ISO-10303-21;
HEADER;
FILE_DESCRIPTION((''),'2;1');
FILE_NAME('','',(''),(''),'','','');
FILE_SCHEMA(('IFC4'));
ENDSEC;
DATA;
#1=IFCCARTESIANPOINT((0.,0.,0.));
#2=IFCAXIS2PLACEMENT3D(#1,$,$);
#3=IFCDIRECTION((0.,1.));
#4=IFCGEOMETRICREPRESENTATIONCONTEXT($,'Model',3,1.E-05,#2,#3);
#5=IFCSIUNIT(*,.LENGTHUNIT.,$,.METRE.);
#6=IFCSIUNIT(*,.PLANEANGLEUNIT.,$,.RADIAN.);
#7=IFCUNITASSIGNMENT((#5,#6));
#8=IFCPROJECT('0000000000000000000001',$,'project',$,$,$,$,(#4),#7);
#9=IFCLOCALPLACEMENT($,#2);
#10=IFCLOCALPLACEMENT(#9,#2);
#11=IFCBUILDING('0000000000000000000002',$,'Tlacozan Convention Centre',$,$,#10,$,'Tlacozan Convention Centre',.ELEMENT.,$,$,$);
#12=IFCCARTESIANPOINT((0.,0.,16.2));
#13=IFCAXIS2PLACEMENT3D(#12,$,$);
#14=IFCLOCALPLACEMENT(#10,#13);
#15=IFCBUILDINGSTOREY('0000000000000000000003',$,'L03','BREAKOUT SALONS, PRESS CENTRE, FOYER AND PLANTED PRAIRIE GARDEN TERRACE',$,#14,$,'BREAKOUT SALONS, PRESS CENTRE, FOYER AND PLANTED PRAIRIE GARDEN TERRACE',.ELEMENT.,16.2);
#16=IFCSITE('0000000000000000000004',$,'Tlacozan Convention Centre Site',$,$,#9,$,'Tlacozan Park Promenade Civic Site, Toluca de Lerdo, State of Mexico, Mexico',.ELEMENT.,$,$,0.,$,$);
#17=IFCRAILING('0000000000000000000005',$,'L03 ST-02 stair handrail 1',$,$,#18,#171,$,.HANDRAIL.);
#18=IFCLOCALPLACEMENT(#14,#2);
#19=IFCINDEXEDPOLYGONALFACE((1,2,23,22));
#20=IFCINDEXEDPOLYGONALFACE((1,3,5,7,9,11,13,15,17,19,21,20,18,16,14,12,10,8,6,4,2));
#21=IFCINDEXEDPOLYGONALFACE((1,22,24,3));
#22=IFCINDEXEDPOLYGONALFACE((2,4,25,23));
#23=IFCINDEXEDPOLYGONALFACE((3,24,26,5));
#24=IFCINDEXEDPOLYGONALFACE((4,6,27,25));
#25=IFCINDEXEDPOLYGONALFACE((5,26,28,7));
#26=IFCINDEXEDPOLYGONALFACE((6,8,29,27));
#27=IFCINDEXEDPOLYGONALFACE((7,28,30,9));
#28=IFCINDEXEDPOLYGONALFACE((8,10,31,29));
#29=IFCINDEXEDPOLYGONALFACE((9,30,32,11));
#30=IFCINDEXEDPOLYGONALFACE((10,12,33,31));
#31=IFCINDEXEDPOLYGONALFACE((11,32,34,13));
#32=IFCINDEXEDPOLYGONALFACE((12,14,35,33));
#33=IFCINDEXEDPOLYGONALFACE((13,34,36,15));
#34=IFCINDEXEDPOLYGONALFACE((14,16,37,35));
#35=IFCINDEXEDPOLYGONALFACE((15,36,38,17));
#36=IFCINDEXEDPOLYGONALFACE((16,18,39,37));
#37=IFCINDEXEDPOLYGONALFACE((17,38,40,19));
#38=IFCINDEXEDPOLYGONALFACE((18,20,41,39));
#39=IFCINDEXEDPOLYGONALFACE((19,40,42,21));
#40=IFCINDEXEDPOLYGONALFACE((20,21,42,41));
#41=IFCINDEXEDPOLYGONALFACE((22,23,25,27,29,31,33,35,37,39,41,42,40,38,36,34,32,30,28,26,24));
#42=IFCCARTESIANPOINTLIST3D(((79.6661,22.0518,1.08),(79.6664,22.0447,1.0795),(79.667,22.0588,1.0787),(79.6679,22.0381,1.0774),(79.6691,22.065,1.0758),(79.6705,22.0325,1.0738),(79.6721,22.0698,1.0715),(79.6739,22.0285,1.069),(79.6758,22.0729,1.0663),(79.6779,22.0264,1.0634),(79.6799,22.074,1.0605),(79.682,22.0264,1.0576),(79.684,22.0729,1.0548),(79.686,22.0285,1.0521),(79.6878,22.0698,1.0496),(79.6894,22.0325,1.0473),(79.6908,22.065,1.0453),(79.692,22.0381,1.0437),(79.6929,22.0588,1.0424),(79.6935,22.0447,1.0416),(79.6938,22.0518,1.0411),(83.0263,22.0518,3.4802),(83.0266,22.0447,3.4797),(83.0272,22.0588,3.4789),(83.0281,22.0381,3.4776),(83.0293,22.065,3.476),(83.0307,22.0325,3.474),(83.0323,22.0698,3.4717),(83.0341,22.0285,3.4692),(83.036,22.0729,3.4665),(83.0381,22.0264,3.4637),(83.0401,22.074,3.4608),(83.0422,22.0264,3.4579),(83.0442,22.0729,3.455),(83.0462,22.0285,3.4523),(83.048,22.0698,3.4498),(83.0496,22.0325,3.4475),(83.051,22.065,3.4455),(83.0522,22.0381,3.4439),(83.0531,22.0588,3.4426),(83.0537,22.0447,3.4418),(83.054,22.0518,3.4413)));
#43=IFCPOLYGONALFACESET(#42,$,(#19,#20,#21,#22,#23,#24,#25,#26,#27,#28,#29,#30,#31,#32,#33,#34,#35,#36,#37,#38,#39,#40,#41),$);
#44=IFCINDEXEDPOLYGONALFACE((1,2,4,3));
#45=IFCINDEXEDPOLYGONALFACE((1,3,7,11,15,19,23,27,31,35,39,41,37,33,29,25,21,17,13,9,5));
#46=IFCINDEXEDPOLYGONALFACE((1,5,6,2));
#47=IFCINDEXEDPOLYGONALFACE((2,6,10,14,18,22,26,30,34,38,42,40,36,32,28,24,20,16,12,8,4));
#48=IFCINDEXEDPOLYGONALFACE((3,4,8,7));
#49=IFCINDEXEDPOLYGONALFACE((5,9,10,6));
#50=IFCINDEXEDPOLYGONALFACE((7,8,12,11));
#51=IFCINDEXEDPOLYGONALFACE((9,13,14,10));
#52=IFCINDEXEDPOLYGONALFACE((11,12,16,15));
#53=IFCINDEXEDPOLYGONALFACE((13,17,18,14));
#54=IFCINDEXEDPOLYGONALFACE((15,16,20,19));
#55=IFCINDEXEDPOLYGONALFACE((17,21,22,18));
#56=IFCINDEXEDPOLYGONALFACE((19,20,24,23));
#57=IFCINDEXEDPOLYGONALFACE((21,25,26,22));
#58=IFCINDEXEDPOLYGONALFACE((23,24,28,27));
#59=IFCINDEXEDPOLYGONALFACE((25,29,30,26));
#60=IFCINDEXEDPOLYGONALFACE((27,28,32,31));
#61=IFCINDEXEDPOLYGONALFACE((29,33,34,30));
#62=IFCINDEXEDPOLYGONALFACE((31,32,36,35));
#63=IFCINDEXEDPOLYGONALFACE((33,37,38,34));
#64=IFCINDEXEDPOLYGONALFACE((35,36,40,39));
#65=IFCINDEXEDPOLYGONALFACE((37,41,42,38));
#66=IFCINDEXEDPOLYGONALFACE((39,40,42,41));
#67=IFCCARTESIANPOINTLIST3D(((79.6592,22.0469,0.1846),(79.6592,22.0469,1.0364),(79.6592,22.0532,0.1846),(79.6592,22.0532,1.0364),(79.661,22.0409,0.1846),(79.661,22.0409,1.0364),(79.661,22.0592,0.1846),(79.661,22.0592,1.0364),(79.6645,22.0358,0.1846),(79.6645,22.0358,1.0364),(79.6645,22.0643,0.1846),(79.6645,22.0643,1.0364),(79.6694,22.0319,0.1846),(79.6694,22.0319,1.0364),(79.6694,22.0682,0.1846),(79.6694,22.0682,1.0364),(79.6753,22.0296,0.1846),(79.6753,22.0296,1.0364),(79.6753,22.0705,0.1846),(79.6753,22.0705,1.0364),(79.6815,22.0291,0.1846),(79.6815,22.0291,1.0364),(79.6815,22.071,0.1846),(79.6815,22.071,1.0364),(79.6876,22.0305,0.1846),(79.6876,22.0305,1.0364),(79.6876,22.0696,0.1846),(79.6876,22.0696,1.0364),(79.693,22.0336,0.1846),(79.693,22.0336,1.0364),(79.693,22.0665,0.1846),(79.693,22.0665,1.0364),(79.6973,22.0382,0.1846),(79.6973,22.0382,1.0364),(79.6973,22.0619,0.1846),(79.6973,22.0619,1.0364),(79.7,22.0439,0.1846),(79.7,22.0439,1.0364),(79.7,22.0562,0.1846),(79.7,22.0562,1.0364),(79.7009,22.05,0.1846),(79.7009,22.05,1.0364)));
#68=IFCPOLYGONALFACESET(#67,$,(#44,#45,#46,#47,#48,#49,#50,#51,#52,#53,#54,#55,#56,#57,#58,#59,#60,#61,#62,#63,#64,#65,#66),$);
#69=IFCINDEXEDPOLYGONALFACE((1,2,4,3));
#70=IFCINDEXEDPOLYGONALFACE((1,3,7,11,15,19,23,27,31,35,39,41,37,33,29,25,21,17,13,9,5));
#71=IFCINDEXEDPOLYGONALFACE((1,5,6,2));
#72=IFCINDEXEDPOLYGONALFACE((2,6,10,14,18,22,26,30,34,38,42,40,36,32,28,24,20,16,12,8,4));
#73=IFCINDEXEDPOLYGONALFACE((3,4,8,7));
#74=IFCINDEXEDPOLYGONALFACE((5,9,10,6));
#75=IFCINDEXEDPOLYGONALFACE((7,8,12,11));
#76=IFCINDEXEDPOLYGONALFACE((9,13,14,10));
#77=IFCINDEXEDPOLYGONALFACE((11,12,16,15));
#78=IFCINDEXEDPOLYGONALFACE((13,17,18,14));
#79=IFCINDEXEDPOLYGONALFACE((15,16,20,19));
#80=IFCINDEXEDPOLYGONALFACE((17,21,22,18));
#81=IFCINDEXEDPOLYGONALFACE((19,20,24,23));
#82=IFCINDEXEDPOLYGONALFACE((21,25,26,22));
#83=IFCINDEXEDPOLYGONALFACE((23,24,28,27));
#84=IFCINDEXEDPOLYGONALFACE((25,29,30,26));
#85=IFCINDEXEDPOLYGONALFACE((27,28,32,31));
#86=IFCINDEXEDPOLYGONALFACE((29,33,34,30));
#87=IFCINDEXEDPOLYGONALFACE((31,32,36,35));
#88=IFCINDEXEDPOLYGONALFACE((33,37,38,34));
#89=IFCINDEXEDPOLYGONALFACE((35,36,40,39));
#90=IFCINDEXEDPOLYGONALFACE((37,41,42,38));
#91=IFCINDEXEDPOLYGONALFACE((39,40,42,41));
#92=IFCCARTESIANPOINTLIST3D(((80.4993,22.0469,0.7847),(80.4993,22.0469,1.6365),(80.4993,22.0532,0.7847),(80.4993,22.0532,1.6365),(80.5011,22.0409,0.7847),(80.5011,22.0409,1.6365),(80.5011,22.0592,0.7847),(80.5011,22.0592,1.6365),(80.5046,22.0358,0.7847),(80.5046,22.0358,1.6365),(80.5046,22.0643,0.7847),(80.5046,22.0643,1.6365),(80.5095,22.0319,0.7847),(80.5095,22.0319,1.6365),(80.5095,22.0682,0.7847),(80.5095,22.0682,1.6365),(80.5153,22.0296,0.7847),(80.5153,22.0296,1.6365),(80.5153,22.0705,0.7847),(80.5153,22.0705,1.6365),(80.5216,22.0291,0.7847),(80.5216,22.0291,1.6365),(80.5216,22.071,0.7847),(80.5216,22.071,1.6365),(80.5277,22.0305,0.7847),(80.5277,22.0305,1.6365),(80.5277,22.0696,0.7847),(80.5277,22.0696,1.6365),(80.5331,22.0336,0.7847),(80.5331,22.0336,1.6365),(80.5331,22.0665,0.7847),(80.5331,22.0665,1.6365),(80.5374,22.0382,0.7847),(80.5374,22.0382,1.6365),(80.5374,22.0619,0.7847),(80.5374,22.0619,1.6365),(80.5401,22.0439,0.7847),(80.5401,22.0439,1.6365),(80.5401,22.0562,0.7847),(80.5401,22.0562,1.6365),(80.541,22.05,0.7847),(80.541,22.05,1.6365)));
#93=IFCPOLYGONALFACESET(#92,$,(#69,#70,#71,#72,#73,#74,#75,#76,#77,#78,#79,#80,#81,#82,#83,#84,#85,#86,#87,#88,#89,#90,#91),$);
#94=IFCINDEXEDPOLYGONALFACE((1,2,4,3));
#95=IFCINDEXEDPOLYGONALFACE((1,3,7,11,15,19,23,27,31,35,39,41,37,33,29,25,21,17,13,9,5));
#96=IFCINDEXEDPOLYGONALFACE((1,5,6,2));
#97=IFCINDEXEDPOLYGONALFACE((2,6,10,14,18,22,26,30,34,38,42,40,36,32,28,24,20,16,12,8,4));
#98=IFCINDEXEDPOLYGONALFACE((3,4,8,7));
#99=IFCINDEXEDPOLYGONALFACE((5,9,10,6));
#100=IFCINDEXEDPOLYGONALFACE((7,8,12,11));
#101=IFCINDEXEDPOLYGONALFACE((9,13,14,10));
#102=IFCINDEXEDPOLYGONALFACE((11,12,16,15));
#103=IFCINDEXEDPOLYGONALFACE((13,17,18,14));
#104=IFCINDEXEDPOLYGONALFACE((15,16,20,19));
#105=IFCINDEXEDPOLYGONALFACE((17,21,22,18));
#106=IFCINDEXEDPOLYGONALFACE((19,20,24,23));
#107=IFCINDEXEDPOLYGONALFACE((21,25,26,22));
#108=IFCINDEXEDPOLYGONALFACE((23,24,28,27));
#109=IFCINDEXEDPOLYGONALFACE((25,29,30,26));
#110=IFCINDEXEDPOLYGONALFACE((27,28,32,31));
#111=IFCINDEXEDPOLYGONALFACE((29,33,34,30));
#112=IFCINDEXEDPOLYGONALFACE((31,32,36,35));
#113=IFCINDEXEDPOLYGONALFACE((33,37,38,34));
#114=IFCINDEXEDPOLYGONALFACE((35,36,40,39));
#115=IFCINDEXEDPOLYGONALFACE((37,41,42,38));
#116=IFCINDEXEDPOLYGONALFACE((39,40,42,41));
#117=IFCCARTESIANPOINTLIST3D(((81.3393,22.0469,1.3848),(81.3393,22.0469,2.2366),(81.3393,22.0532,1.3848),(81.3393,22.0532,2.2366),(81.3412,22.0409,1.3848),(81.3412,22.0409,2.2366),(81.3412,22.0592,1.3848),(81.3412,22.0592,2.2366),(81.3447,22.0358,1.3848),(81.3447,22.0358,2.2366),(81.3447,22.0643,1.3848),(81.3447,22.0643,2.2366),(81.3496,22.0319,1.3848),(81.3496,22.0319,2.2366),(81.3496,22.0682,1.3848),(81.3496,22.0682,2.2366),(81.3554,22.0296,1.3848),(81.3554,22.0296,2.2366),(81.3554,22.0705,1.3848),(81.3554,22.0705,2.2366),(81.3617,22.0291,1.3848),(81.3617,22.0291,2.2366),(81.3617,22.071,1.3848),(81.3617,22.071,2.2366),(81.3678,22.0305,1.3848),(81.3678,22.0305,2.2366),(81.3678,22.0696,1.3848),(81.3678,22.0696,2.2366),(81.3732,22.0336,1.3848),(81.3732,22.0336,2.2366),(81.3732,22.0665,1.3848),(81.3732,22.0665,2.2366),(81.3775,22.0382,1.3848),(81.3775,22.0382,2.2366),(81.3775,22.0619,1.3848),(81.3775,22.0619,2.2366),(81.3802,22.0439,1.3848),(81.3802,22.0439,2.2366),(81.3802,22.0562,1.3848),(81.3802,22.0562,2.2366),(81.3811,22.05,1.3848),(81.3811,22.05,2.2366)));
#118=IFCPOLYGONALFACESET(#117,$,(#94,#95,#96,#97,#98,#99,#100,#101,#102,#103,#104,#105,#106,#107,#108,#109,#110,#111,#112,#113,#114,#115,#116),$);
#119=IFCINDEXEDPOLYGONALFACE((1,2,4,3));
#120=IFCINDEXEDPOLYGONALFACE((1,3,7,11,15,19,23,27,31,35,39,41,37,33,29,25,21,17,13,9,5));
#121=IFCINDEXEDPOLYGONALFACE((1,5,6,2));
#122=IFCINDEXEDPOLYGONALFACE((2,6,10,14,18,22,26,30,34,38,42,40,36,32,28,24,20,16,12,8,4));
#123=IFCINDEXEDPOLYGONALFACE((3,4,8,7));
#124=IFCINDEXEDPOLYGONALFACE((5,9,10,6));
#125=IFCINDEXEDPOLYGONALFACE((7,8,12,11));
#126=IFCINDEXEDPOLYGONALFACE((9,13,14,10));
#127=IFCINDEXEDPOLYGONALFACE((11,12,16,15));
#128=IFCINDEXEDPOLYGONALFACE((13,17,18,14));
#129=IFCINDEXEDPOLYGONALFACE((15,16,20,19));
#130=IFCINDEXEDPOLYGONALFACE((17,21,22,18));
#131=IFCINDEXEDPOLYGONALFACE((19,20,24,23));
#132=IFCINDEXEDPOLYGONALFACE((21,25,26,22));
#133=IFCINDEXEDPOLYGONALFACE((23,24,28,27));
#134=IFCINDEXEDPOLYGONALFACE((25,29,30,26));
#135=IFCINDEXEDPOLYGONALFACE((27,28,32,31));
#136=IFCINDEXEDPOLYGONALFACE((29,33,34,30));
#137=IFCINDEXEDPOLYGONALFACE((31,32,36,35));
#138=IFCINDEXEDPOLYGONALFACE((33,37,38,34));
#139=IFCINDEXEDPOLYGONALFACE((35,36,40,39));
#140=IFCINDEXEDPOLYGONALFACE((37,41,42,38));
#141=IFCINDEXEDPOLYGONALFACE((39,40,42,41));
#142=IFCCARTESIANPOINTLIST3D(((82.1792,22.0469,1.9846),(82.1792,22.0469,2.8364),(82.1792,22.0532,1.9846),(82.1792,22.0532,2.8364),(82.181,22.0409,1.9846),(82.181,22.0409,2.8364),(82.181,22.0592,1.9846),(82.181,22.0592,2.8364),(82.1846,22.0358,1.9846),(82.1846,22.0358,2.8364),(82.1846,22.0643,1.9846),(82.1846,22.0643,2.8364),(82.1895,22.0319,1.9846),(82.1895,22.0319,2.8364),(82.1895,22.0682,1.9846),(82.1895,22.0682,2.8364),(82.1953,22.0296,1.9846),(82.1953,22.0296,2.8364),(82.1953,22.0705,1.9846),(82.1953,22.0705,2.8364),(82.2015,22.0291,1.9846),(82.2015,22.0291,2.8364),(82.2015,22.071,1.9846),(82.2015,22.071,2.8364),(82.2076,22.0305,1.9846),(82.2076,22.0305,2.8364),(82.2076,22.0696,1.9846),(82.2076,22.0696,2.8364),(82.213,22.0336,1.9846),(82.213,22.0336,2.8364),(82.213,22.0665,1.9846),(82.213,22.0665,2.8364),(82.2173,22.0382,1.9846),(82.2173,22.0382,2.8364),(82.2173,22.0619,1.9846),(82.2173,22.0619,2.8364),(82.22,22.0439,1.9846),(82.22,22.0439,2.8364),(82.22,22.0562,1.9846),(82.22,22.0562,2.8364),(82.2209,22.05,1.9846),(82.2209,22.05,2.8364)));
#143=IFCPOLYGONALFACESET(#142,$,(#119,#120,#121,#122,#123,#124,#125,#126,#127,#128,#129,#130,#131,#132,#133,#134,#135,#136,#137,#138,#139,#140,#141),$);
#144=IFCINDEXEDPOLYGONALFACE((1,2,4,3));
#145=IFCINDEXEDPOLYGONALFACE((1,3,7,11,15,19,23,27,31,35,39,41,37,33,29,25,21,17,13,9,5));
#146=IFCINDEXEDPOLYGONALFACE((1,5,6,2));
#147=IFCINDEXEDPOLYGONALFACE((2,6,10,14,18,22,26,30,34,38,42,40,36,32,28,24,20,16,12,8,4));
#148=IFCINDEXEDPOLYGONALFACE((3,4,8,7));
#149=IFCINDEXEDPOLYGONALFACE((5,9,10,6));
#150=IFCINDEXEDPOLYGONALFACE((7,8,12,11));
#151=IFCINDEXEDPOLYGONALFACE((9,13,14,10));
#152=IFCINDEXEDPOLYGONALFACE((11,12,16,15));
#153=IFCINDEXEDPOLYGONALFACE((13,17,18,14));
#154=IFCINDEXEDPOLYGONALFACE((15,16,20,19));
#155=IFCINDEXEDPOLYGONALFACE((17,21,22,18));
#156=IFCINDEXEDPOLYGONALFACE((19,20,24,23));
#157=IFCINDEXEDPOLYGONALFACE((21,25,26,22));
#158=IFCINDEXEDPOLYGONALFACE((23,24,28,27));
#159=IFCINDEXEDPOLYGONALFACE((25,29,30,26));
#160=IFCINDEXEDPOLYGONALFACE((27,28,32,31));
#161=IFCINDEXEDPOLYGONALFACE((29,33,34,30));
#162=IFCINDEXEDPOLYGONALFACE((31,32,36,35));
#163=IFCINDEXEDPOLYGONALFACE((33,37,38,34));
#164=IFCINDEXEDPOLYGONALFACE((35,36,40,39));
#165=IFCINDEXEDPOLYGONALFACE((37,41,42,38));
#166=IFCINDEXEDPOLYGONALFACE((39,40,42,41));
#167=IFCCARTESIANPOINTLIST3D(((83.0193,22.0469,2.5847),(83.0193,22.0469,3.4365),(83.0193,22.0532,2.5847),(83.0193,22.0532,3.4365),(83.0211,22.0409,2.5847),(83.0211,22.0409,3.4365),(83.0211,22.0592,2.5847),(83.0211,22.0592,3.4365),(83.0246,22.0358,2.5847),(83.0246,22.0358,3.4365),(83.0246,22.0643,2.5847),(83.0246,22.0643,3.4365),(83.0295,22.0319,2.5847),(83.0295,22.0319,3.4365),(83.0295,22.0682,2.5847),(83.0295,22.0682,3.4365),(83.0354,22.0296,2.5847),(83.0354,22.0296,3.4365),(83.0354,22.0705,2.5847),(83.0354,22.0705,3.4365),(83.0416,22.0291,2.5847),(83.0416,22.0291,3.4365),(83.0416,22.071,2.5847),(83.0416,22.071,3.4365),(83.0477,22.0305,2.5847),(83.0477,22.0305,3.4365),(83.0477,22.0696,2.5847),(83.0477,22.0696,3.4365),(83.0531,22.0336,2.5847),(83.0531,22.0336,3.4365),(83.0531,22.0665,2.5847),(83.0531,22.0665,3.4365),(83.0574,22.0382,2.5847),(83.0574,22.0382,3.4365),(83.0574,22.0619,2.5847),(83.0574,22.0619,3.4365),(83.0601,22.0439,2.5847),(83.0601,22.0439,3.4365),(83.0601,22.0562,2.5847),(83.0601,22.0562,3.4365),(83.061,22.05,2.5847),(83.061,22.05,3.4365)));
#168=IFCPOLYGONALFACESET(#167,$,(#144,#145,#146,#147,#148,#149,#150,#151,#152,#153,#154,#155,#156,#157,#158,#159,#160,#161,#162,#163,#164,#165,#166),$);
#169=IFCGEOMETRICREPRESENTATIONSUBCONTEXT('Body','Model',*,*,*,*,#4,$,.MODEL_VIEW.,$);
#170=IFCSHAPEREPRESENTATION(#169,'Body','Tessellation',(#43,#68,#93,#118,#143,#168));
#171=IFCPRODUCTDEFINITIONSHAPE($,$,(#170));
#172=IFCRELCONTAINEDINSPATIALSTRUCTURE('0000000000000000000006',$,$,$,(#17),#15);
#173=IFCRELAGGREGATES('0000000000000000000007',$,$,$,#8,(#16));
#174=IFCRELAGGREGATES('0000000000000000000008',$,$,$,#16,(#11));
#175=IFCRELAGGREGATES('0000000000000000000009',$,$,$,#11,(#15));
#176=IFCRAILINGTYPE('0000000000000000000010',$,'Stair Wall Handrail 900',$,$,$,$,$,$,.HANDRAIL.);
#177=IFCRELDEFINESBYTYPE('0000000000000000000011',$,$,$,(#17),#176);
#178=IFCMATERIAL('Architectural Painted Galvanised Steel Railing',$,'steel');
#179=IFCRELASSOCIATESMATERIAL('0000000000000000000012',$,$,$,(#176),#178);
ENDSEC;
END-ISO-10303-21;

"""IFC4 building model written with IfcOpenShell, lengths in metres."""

from ifc_helpers import new_model, si_unit, direction, frame, origin, origin_2d, place, context, subcontext, project, spatial, circle, extrude, material, type_object, element, save


model = new_model("IFC4")

# Units and contexts
model_context = context("Model", 3, precision=1e-05, world=origin(), true_north=direction((0.0, 1.0)))
body_context = subcontext(model_context, "Body", "Model", "MODEL_VIEW")
ifc_project = project(units=[si_unit("LENGTHUNIT", "METRE"), si_unit("PLANEANGLEUNIT", "RADIAN")], contexts=[model_context])

# Site, building, storey
site_placement = place(None, origin())
site = spatial("IfcSite", under=ifc_project, at=site_placement, Name="Tlacozan Convention Centre Site", LongName="Tlacozan Park Promenade Civic Site, Toluca de Lerdo, State of Mexico, Mexico", CompositionType="ELEMENT", RefElevation=0.0)
building_placement = place(site_placement, origin())
building = spatial("IfcBuilding", under=site, at=building_placement, Name="Tlacozan Convention Centre", LongName="Tlacozan Convention Centre", CompositionType="ELEMENT")
storey_placement = place(building_placement, frame((0.0, 0.0, 16.2)))
storey = spatial("IfcBuildingStorey", under=building, at=storey_placement, Name="L03", Description="BREAKOUT SALONS, PRESS CENTRE, FOYER AND PLANTED PRAIRIE GARDEN TERRACE", LongName="BREAKOUT SALONS, PRESS CENTRE, FOYER AND PLANTED PRAIRIE GARDEN TERRACE", CompositionType="ELEMENT", Elevation=16.2)

# Railing
ifc_material_1 = material(Name="Architectural Painted Galvanised Steel Railing", Category="steel")
railing_type_1 = type_object("IfcRailingType", Name="Stair Wall Handrail 900", PredefinedType="HANDRAIL", material=ifc_material_1)
railing_1_placement = place(storey_placement, frame((79.6799, 22.05, 0.1846)))
element("IfcRailing", 1, at=railing_1_placement, inside=storey, type_object=railing_type_1, Name="L03 ST-02 stair handrail 1", PredefinedType="HANDRAIL", context=body_context, shape_type="SweptSolid", body=[
    extrude(circle(Radius=0.0239, at=origin_2d()), frame((0.0, 0.0, 0.876), z_axis=(0.813725, 0.0, 0.581249), x_axis=(0.0, 1.0, 0.0)), (0.0, 0.0, 1.0), 4.1294),
    extrude(circle(Radius=0.021, at=origin_2d()), origin(), (0.0, 0.0, 1.0), 0.8518),
    extrude(circle(Radius=0.021, at=origin_2d()), frame((0.8401, 0.0, 0.6001)), (0.0, 0.0, 1.0), 0.8518),
    extrude(circle(Radius=0.021, at=origin_2d()), frame((1.6802, 0.0, 1.2002)), (0.0, 0.0, 1.0), 0.8518),
    extrude(circle(Radius=0.021, at=origin_2d()), frame((2.52, 0.0, 1.8)), (0.0, 0.0, 1.0), 0.8518),
    extrude(circle(Radius=0.021, at=origin_2d()), frame((3.3601, 0.0, 2.4001)), (0.0, 0.0, 1.0), 0.8518),
])

save(model, "model.ifc")
